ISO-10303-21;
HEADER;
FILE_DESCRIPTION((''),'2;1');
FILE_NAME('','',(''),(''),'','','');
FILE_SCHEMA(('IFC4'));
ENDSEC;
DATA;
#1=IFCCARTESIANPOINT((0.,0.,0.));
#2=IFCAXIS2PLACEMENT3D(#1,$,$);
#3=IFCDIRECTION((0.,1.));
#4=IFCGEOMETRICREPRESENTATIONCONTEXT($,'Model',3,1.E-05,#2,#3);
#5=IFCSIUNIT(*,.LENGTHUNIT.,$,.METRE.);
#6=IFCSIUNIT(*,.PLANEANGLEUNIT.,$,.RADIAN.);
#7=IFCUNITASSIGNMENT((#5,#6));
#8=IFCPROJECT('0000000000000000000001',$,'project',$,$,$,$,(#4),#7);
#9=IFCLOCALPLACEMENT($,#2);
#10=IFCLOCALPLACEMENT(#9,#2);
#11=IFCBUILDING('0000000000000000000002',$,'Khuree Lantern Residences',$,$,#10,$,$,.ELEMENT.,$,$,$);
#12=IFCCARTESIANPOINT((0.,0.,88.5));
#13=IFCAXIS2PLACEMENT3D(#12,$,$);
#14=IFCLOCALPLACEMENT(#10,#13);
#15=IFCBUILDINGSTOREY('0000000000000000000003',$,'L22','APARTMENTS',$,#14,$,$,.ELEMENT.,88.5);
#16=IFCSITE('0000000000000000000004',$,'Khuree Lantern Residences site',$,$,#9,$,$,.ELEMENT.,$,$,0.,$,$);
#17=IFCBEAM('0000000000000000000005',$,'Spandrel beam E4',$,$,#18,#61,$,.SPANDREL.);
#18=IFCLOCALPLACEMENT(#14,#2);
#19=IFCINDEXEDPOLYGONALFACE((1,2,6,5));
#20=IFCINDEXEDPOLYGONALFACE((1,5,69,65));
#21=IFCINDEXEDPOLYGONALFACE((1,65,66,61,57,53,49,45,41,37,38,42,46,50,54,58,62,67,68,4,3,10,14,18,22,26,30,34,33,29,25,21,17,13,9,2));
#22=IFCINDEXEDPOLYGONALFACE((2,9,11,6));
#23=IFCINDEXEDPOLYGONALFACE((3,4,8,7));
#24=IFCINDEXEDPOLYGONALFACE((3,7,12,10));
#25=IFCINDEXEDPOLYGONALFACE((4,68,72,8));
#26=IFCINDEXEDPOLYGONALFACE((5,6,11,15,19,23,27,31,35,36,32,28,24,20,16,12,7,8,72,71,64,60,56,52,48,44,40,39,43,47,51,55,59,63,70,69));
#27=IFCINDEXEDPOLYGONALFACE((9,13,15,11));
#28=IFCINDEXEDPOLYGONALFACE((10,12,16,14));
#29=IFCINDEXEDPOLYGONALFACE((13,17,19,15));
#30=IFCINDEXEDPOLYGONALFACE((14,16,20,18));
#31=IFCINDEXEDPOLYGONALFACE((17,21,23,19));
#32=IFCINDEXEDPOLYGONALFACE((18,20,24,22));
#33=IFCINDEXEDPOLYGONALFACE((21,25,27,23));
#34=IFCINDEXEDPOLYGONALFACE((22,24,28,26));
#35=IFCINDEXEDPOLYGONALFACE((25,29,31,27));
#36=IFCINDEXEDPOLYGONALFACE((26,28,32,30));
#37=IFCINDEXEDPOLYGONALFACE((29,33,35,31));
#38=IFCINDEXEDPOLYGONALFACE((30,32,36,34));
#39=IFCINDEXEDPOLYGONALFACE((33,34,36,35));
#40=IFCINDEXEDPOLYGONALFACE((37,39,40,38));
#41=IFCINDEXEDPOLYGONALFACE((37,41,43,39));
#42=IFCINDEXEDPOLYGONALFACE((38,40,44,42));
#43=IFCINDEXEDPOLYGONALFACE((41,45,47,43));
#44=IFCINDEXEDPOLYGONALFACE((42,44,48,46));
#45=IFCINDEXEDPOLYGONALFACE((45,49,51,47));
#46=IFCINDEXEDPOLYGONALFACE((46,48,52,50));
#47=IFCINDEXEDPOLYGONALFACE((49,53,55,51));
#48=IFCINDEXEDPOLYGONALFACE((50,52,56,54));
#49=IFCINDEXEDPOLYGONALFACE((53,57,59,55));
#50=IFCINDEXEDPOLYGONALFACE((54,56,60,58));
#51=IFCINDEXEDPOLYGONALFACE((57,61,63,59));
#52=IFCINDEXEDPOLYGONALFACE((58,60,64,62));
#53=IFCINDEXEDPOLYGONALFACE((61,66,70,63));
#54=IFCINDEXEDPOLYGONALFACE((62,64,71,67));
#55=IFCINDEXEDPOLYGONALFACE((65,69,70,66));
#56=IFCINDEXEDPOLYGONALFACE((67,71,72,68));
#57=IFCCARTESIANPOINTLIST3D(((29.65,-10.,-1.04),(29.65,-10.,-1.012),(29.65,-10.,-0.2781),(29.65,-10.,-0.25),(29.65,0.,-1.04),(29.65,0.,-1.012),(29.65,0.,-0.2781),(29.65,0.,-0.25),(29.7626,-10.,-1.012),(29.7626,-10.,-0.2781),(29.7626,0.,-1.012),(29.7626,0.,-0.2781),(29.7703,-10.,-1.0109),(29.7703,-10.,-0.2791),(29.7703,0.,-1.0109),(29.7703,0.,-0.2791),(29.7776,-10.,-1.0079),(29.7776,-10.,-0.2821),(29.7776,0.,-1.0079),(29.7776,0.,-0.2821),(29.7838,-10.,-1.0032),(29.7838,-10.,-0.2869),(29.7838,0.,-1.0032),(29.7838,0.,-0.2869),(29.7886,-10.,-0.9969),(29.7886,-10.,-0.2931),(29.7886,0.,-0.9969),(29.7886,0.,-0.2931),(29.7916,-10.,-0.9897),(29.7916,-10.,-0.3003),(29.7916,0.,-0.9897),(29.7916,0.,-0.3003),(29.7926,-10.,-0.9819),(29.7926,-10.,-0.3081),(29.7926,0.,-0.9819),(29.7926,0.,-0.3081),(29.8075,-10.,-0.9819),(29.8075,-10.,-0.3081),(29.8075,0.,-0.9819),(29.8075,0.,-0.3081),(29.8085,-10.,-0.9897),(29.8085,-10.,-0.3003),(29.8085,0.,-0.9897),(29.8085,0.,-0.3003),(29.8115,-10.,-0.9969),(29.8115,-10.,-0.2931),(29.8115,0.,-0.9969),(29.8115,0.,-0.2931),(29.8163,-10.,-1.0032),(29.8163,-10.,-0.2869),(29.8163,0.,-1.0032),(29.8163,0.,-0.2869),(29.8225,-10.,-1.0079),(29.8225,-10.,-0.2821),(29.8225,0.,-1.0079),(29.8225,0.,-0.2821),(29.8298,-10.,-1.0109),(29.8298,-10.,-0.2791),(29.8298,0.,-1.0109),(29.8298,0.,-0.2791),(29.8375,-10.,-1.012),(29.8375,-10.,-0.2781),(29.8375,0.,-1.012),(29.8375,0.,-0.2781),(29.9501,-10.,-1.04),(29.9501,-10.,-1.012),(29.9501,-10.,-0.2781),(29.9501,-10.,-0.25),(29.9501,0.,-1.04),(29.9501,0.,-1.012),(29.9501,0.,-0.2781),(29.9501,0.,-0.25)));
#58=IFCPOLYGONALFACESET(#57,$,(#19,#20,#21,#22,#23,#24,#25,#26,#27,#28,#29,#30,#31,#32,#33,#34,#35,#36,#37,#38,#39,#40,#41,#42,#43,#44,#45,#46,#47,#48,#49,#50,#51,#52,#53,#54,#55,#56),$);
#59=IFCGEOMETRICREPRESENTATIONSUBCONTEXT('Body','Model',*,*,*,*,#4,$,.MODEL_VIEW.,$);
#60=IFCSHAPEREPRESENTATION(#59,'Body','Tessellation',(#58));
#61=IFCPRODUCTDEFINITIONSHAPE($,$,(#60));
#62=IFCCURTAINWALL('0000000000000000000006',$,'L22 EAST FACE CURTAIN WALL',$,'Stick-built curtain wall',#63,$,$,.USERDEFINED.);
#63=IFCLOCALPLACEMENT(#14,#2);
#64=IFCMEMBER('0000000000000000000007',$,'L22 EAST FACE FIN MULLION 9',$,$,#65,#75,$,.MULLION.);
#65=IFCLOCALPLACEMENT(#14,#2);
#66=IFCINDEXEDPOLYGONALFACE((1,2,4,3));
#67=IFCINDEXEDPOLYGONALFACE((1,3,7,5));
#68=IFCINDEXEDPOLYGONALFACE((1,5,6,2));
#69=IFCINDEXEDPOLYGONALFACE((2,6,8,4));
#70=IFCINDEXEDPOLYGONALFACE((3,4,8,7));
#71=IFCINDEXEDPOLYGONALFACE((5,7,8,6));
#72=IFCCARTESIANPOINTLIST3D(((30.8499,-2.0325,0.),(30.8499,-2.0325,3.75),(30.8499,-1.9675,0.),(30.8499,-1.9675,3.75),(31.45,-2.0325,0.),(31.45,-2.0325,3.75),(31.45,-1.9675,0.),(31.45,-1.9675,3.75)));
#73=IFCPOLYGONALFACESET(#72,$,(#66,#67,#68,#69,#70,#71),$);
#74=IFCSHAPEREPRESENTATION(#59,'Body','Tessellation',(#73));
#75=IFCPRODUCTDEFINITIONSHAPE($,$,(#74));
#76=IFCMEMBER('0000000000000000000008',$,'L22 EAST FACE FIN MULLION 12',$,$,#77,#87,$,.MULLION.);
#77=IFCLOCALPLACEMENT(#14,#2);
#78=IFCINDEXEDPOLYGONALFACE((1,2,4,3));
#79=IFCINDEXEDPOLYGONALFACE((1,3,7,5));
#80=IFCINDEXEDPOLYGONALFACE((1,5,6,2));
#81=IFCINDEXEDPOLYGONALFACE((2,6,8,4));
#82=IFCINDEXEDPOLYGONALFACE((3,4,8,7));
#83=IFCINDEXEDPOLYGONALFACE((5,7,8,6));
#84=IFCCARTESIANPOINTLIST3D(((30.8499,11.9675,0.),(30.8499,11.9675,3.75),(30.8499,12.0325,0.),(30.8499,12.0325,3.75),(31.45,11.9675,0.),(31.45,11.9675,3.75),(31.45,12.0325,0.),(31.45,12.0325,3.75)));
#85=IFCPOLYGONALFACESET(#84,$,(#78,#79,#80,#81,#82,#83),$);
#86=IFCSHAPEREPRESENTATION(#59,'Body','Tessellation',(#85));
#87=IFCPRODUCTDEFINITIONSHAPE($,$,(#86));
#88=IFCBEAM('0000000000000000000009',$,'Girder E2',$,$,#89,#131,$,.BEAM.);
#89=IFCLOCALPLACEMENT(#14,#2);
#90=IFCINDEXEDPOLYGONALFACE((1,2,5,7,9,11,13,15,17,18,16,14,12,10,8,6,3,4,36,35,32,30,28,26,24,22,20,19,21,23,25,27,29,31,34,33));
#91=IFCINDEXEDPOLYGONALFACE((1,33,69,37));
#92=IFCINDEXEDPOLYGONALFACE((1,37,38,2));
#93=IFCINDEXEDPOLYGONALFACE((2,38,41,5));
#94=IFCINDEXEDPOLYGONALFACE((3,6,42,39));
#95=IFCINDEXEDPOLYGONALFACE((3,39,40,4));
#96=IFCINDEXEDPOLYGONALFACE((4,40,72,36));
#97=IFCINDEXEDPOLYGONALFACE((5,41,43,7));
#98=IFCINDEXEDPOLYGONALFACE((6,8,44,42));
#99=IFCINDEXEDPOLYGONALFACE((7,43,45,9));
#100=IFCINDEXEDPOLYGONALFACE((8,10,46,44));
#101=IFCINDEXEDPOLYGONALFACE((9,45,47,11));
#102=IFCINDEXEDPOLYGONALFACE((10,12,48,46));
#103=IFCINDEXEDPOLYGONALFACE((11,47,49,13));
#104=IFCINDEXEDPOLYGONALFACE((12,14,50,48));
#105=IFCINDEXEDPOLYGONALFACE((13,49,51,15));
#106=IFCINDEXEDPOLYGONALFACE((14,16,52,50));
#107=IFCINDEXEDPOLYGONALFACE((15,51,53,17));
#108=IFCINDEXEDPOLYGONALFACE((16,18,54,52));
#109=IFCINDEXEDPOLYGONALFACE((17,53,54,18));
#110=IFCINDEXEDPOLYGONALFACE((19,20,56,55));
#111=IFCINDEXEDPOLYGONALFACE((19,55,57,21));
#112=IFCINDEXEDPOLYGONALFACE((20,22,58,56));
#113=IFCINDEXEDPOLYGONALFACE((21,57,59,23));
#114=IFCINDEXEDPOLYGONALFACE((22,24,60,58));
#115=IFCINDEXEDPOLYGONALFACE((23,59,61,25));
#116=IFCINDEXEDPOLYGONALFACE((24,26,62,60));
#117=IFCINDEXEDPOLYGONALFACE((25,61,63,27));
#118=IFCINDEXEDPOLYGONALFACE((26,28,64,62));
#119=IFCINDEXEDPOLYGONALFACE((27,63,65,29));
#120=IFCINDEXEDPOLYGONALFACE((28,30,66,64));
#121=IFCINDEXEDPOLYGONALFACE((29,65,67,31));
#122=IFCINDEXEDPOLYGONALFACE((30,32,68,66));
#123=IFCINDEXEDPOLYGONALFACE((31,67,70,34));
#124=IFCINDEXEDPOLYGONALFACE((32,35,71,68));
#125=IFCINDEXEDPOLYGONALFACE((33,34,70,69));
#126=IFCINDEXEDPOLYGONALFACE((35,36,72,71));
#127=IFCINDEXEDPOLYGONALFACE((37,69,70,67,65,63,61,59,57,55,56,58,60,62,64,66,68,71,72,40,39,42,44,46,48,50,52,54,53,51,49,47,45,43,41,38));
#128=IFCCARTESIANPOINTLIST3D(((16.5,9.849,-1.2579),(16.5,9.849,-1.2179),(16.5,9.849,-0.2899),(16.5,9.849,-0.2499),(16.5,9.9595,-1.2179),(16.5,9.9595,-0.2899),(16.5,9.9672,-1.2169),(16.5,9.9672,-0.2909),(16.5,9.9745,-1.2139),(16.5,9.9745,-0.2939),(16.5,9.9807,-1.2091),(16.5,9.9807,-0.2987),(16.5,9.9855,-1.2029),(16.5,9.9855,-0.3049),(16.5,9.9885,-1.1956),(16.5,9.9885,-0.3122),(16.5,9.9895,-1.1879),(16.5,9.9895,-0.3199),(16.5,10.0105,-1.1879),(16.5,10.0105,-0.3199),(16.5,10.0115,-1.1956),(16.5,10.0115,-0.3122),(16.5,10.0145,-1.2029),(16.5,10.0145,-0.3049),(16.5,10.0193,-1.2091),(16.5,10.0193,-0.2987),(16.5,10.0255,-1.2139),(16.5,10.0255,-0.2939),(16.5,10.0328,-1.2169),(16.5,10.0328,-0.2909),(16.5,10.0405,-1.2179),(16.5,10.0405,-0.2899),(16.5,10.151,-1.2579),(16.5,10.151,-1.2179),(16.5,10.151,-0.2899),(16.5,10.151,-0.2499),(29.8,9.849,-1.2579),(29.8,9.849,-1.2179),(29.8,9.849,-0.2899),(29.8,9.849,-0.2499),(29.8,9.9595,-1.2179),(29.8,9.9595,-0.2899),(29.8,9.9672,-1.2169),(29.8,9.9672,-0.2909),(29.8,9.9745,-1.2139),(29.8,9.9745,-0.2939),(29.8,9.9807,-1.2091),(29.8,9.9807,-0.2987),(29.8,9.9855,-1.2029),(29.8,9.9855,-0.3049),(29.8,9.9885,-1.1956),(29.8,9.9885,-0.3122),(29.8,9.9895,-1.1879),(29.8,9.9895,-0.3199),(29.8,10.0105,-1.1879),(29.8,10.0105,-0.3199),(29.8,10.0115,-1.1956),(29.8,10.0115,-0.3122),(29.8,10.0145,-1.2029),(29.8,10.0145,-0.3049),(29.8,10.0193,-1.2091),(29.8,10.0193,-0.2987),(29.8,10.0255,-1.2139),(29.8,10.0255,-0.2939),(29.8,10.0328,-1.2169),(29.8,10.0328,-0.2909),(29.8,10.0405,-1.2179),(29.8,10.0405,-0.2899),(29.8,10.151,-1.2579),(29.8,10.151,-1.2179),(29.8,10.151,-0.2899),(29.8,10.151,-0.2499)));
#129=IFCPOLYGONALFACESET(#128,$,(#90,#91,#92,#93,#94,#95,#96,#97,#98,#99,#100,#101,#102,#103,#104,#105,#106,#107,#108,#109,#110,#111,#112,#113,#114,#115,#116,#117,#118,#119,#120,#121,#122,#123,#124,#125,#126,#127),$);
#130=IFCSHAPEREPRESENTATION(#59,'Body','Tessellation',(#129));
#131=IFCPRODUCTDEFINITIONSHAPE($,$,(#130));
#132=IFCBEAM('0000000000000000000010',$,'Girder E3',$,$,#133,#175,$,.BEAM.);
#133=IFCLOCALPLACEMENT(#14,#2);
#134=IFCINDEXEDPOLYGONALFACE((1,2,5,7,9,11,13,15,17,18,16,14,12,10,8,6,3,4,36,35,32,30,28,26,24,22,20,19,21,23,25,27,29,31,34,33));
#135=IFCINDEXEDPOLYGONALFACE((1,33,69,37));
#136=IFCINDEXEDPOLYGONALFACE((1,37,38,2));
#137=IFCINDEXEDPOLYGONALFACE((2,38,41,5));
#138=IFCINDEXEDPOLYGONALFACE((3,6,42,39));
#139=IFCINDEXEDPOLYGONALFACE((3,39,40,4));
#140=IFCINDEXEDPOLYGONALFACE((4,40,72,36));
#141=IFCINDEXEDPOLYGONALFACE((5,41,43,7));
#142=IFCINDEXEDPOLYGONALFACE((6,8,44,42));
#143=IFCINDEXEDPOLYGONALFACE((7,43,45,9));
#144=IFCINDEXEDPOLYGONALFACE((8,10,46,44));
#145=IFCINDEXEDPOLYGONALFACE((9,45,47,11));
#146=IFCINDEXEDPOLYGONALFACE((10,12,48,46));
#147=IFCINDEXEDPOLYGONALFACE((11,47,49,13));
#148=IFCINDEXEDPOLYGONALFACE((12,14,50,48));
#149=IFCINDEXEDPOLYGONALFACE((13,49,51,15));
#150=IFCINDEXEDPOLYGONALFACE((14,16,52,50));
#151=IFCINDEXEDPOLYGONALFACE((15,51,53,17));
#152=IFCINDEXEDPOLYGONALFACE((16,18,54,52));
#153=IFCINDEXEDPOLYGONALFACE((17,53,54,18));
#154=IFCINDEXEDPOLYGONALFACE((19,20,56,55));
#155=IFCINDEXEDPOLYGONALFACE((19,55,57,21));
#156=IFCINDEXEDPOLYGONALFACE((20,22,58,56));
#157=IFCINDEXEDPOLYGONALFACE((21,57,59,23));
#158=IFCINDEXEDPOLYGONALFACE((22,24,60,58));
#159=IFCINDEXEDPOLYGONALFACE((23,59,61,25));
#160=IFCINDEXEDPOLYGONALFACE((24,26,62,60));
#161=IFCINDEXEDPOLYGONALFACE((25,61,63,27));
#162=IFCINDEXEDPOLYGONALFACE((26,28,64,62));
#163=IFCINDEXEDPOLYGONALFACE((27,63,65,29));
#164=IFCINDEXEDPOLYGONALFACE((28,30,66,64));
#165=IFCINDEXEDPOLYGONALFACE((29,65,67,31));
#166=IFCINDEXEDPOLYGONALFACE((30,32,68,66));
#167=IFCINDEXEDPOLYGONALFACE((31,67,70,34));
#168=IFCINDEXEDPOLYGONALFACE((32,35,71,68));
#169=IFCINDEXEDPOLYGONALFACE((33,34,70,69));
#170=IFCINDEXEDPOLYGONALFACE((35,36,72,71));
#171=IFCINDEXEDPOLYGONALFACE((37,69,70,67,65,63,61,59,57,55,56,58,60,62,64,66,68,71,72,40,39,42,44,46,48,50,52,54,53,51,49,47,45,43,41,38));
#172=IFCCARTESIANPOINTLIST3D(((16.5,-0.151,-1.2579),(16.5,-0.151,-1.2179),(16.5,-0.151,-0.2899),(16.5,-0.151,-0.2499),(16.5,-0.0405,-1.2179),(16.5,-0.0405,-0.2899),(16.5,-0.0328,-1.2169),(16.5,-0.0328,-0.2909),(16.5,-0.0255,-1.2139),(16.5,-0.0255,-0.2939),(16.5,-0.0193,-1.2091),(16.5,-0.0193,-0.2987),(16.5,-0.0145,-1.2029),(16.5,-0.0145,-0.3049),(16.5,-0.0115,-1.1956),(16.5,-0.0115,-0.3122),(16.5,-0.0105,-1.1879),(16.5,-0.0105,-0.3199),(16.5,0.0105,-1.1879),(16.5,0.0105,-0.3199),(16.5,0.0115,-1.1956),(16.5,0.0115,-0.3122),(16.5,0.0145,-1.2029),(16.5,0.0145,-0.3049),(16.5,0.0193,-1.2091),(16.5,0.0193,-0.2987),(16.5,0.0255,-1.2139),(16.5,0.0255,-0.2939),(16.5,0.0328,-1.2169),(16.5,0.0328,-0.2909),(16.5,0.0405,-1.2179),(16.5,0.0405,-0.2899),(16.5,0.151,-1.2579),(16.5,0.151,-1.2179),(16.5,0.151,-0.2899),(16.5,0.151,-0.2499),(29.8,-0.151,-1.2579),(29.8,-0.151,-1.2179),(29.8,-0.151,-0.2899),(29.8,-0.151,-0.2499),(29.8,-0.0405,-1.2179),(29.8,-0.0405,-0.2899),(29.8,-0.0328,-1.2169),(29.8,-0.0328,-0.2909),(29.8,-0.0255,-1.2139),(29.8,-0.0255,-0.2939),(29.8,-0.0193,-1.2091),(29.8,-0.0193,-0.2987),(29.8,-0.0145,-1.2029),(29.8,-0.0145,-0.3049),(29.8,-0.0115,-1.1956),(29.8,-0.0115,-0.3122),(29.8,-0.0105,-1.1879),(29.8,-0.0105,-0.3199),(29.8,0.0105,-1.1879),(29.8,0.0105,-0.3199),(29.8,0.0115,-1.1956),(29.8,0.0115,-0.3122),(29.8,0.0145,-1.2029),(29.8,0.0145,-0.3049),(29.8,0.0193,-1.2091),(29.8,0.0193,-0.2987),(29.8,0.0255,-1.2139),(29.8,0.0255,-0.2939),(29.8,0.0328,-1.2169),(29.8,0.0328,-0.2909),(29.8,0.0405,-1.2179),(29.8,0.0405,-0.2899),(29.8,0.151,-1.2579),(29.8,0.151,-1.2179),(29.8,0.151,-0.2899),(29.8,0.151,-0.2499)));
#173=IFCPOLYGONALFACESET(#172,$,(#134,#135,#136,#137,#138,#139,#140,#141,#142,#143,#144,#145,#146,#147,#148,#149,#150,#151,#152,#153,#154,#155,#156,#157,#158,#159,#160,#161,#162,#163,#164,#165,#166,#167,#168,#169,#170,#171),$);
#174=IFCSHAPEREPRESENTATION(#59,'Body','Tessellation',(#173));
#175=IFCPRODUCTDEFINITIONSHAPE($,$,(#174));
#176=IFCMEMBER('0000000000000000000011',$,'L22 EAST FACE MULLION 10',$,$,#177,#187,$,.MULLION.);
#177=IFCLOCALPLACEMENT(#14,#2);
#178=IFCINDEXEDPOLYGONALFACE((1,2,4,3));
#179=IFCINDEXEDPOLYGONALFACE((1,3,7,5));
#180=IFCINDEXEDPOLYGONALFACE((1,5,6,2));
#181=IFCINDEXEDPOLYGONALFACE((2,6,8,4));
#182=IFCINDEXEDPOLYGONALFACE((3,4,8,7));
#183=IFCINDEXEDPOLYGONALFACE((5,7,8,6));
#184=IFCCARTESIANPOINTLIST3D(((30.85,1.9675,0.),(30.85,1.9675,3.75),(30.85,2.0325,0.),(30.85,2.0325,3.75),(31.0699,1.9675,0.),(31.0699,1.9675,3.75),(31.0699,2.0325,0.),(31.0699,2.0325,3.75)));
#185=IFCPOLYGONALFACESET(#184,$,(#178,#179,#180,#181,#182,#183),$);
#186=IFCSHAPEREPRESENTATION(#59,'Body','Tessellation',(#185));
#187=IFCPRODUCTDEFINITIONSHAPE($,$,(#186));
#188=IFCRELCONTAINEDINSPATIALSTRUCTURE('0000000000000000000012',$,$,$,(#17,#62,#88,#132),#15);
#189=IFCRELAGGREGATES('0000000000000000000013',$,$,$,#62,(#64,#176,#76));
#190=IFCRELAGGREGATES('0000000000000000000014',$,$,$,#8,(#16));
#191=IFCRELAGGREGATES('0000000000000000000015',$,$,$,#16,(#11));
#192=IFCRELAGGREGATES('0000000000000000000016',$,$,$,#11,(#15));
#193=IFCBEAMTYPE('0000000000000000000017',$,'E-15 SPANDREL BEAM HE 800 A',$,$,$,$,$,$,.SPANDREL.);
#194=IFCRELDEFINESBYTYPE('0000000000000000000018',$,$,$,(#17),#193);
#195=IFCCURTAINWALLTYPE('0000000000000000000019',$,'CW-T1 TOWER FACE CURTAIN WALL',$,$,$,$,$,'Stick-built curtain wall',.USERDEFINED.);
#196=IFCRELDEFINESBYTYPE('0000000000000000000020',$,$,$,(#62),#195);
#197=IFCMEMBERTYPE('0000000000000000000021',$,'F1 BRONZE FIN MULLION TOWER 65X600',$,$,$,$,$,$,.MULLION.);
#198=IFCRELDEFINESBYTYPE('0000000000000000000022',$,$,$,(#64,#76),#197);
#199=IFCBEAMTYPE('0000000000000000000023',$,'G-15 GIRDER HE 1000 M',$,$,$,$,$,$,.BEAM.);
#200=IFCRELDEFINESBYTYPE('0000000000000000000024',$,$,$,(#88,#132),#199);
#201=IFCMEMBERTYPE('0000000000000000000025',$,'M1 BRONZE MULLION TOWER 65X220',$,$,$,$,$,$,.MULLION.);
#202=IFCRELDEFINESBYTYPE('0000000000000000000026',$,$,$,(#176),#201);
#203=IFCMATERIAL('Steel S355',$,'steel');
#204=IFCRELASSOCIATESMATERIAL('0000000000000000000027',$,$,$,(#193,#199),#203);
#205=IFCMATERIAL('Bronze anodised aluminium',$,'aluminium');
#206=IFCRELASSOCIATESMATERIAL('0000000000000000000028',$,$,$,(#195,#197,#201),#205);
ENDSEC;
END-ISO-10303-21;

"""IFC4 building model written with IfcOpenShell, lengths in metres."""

from ifc_helpers import new_model, si_unit, direction, frame, origin, origin_2d, place, context, subcontext, project, spatial, rectangle, i_section, extrude, material, material_profile, profile_set, type_object, element, aggregate, save


model = new_model("IFC4")

# Units and contexts
model_context = context("Model", 3, precision=1e-05, world=origin(), true_north=direction((0.0, 1.0)))
body_context = subcontext(model_context, "Body", "Model", "MODEL_VIEW")
ifc_project = project(units=[si_unit("LENGTHUNIT", "METRE"), si_unit("PLANEANGLEUNIT", "RADIAN")], contexts=[model_context])

# Site, building, storey
site_placement = place(None, origin())
site = spatial("IfcSite", under=ifc_project, at=site_placement, Name="Khuree Lantern Residences site", CompositionType="ELEMENT", RefElevation=0.0)
building_placement = place(site_placement, origin())
building = spatial("IfcBuilding", under=site, at=building_placement, Name="Khuree Lantern Residences", CompositionType="ELEMENT")
storey_placement = place(building_placement, frame((0.0, 0.0, 88.5)))
storey = spatial("IfcBuildingStorey", under=building, at=storey_placement, Name="L22", Description="APARTMENTS", CompositionType="ELEMENT", Elevation=88.5)

# Beam
ifc_material_1 = material(Name="Steel S355", Category="steel")
ifc_material_profile_1 = material_profile(ifc_material_1, i_section(OverallWidth=0.3, OverallDepth=0.79, WebThickness=0.0149, FlangeThickness=0.0281, FilletRadius=0.03, at=origin_2d()), Name="HE 800 A")
ifc_profile_set_1 = profile_set([ifc_material_profile_1], Name="Steel S355")
beam_type_1 = type_object("IfcBeamType", Name="E-15 SPANDREL BEAM HE 800 A", PredefinedType="SPANDREL", material=ifc_profile_set_1)
for number, where, z_axis, x_axis, name in (
    (1, (29.8, 0.0, -0.645), (0.0, -1.0, 0.0), (1.0, 0.0, 0.0), "Spandrel beam E4"),
):
    element("IfcBeam", number, at=place(storey_placement, frame(where, z_axis=z_axis, x_axis=x_axis)), inside=storey, type_object=beam_type_1, Name=name, PredefinedType="SPANDREL", context=body_context, shape_type="SweptSolid", body=[
        extrude(i_section(OverallWidth=0.3, OverallDepth=0.79, WebThickness=0.0149, FlangeThickness=0.0281, FilletRadius=0.03, at=origin_2d()), origin(), (0.0, 0.0, 1.0), 10.0),
    ])

# Curtain wall, members
ifc_material_2 = material(Name="Bronze anodised aluminium", Category="aluminium")
curtain_wall_type = type_object("IfcCurtainWallType", Name="CW-T1 TOWER FACE CURTAIN WALL", ElementType="Stick-built curtain wall", PredefinedType="USERDEFINED", material=ifc_material_2)
curtain_wall_placement = place(storey_placement, origin())
curtain_wall = element("IfcCurtainWall", 2, at=curtain_wall_placement, inside=storey, type_object=curtain_wall_type, Name="L22 EAST FACE CURTAIN WALL", ObjectType="Stick-built curtain wall", PredefinedType="USERDEFINED")
ifc_material_profile_2 = material_profile(ifc_material_2, rectangle(XDim=0.0649, YDim=0.6001, at=origin_2d()), Name="F1 65X600")
ifc_profile_set_2 = profile_set([ifc_material_profile_2], Name="Bronze anodised aluminium")
member_type_1 = type_object("IfcMemberType", Name="F1 BRONZE FIN MULLION TOWER 65X600", PredefinedType="MULLION", material=ifc_profile_set_2)
member_1_placement = place(storey_placement, frame((31.1499, -2.0, 0.0), z_axis=(0.0, 0.0, 1.0), x_axis=(0.0, 1.0, 0.0)))
member_1 = element("IfcMember", 3, at=member_1_placement, type_object=member_type_1, Name="L22 EAST FACE FIN MULLION 9", PredefinedType="MULLION", context=body_context, shape_type="SweptSolid", body=[
    extrude(rectangle(XDim=0.0649, YDim=0.6001, at=origin_2d()), origin(), (0.0, 0.0, 1.0), 3.75),
])
member_2_placement = place(storey_placement, frame((31.1499, 12.0, 0.0), z_axis=(0.0, 0.0, 1.0), x_axis=(0.0, 1.0, 0.0)))
member_2 = element("IfcMember", 4, at=member_2_placement, type_object=member_type_1, Name="L22 EAST FACE FIN MULLION 12", PredefinedType="MULLION", context=body_context, shape_type="SweptSolid", body=[
    extrude(rectangle(XDim=0.0649, YDim=0.6001, at=origin_2d()), origin(), (0.0, 0.0, 1.0), 3.75),
])

# Beams
ifc_material_profile_3 = material_profile(ifc_material_1, i_section(OverallWidth=0.302, OverallDepth=1.0081, WebThickness=0.021, FlangeThickness=0.04, FilletRadius=0.03, at=origin_2d()), Name="HE 1000 M")
ifc_profile_set_3 = profile_set([ifc_material_profile_3], Name="Steel S355")
beam_type_2 = type_object("IfcBeamType", Name="G-15 GIRDER HE 1000 M", PredefinedType="BEAM", material=ifc_profile_set_3)
for number, where, z_axis, x_axis, name in (
    (5, (29.8, 10.0, -0.7539), (-1.0, 0.0, 0.0), (0.0, -1.0, 0.0), "Girder E2"),
    (6, (29.8, 0.0, -0.7539), (-1.0, 0.0, 0.0), (0.0, -1.0, 0.0), "Girder E3"),
):
    element("IfcBeam", number, at=place(storey_placement, frame(where, z_axis=z_axis, x_axis=x_axis)), inside=storey, type_object=beam_type_2, Name=name, PredefinedType="BEAM", context=body_context, shape_type="SweptSolid", body=[
        extrude(i_section(OverallWidth=0.302, OverallDepth=1.0081, WebThickness=0.021, FlangeThickness=0.04, FilletRadius=0.03, at=origin_2d()), origin(), (0.0, 0.0, 1.0), 13.3),
    ])

# Member
ifc_material_profile_4 = material_profile(ifc_material_2, rectangle(XDim=0.0649, YDim=0.22, at=origin_2d()), Name="M1 65X220")
ifc_profile_set_4 = profile_set([ifc_material_profile_4], Name="Bronze anodised aluminium")
member_type_2 = type_object("IfcMemberType", Name="M1 BRONZE MULLION TOWER 65X220", PredefinedType="MULLION", material=ifc_profile_set_4)
member_3_placement = place(storey_placement, frame((30.96, 2.0, 0.0), z_axis=(0.0, 0.0, 1.0), x_axis=(0.0, 1.0, 0.0)))
member_3 = element("IfcMember", 7, at=member_3_placement, type_object=member_type_2, Name="L22 EAST FACE MULLION 10", PredefinedType="MULLION", context=body_context, shape_type="SweptSolid", body=[
    extrude(rectangle(XDim=0.0649, YDim=0.22, at=origin_2d()), origin(), (0.0, 0.0, 1.0), 3.75),
])

aggregate(curtain_wall, [member_1, member_3, member_2])

save(model, "model.ifc")
